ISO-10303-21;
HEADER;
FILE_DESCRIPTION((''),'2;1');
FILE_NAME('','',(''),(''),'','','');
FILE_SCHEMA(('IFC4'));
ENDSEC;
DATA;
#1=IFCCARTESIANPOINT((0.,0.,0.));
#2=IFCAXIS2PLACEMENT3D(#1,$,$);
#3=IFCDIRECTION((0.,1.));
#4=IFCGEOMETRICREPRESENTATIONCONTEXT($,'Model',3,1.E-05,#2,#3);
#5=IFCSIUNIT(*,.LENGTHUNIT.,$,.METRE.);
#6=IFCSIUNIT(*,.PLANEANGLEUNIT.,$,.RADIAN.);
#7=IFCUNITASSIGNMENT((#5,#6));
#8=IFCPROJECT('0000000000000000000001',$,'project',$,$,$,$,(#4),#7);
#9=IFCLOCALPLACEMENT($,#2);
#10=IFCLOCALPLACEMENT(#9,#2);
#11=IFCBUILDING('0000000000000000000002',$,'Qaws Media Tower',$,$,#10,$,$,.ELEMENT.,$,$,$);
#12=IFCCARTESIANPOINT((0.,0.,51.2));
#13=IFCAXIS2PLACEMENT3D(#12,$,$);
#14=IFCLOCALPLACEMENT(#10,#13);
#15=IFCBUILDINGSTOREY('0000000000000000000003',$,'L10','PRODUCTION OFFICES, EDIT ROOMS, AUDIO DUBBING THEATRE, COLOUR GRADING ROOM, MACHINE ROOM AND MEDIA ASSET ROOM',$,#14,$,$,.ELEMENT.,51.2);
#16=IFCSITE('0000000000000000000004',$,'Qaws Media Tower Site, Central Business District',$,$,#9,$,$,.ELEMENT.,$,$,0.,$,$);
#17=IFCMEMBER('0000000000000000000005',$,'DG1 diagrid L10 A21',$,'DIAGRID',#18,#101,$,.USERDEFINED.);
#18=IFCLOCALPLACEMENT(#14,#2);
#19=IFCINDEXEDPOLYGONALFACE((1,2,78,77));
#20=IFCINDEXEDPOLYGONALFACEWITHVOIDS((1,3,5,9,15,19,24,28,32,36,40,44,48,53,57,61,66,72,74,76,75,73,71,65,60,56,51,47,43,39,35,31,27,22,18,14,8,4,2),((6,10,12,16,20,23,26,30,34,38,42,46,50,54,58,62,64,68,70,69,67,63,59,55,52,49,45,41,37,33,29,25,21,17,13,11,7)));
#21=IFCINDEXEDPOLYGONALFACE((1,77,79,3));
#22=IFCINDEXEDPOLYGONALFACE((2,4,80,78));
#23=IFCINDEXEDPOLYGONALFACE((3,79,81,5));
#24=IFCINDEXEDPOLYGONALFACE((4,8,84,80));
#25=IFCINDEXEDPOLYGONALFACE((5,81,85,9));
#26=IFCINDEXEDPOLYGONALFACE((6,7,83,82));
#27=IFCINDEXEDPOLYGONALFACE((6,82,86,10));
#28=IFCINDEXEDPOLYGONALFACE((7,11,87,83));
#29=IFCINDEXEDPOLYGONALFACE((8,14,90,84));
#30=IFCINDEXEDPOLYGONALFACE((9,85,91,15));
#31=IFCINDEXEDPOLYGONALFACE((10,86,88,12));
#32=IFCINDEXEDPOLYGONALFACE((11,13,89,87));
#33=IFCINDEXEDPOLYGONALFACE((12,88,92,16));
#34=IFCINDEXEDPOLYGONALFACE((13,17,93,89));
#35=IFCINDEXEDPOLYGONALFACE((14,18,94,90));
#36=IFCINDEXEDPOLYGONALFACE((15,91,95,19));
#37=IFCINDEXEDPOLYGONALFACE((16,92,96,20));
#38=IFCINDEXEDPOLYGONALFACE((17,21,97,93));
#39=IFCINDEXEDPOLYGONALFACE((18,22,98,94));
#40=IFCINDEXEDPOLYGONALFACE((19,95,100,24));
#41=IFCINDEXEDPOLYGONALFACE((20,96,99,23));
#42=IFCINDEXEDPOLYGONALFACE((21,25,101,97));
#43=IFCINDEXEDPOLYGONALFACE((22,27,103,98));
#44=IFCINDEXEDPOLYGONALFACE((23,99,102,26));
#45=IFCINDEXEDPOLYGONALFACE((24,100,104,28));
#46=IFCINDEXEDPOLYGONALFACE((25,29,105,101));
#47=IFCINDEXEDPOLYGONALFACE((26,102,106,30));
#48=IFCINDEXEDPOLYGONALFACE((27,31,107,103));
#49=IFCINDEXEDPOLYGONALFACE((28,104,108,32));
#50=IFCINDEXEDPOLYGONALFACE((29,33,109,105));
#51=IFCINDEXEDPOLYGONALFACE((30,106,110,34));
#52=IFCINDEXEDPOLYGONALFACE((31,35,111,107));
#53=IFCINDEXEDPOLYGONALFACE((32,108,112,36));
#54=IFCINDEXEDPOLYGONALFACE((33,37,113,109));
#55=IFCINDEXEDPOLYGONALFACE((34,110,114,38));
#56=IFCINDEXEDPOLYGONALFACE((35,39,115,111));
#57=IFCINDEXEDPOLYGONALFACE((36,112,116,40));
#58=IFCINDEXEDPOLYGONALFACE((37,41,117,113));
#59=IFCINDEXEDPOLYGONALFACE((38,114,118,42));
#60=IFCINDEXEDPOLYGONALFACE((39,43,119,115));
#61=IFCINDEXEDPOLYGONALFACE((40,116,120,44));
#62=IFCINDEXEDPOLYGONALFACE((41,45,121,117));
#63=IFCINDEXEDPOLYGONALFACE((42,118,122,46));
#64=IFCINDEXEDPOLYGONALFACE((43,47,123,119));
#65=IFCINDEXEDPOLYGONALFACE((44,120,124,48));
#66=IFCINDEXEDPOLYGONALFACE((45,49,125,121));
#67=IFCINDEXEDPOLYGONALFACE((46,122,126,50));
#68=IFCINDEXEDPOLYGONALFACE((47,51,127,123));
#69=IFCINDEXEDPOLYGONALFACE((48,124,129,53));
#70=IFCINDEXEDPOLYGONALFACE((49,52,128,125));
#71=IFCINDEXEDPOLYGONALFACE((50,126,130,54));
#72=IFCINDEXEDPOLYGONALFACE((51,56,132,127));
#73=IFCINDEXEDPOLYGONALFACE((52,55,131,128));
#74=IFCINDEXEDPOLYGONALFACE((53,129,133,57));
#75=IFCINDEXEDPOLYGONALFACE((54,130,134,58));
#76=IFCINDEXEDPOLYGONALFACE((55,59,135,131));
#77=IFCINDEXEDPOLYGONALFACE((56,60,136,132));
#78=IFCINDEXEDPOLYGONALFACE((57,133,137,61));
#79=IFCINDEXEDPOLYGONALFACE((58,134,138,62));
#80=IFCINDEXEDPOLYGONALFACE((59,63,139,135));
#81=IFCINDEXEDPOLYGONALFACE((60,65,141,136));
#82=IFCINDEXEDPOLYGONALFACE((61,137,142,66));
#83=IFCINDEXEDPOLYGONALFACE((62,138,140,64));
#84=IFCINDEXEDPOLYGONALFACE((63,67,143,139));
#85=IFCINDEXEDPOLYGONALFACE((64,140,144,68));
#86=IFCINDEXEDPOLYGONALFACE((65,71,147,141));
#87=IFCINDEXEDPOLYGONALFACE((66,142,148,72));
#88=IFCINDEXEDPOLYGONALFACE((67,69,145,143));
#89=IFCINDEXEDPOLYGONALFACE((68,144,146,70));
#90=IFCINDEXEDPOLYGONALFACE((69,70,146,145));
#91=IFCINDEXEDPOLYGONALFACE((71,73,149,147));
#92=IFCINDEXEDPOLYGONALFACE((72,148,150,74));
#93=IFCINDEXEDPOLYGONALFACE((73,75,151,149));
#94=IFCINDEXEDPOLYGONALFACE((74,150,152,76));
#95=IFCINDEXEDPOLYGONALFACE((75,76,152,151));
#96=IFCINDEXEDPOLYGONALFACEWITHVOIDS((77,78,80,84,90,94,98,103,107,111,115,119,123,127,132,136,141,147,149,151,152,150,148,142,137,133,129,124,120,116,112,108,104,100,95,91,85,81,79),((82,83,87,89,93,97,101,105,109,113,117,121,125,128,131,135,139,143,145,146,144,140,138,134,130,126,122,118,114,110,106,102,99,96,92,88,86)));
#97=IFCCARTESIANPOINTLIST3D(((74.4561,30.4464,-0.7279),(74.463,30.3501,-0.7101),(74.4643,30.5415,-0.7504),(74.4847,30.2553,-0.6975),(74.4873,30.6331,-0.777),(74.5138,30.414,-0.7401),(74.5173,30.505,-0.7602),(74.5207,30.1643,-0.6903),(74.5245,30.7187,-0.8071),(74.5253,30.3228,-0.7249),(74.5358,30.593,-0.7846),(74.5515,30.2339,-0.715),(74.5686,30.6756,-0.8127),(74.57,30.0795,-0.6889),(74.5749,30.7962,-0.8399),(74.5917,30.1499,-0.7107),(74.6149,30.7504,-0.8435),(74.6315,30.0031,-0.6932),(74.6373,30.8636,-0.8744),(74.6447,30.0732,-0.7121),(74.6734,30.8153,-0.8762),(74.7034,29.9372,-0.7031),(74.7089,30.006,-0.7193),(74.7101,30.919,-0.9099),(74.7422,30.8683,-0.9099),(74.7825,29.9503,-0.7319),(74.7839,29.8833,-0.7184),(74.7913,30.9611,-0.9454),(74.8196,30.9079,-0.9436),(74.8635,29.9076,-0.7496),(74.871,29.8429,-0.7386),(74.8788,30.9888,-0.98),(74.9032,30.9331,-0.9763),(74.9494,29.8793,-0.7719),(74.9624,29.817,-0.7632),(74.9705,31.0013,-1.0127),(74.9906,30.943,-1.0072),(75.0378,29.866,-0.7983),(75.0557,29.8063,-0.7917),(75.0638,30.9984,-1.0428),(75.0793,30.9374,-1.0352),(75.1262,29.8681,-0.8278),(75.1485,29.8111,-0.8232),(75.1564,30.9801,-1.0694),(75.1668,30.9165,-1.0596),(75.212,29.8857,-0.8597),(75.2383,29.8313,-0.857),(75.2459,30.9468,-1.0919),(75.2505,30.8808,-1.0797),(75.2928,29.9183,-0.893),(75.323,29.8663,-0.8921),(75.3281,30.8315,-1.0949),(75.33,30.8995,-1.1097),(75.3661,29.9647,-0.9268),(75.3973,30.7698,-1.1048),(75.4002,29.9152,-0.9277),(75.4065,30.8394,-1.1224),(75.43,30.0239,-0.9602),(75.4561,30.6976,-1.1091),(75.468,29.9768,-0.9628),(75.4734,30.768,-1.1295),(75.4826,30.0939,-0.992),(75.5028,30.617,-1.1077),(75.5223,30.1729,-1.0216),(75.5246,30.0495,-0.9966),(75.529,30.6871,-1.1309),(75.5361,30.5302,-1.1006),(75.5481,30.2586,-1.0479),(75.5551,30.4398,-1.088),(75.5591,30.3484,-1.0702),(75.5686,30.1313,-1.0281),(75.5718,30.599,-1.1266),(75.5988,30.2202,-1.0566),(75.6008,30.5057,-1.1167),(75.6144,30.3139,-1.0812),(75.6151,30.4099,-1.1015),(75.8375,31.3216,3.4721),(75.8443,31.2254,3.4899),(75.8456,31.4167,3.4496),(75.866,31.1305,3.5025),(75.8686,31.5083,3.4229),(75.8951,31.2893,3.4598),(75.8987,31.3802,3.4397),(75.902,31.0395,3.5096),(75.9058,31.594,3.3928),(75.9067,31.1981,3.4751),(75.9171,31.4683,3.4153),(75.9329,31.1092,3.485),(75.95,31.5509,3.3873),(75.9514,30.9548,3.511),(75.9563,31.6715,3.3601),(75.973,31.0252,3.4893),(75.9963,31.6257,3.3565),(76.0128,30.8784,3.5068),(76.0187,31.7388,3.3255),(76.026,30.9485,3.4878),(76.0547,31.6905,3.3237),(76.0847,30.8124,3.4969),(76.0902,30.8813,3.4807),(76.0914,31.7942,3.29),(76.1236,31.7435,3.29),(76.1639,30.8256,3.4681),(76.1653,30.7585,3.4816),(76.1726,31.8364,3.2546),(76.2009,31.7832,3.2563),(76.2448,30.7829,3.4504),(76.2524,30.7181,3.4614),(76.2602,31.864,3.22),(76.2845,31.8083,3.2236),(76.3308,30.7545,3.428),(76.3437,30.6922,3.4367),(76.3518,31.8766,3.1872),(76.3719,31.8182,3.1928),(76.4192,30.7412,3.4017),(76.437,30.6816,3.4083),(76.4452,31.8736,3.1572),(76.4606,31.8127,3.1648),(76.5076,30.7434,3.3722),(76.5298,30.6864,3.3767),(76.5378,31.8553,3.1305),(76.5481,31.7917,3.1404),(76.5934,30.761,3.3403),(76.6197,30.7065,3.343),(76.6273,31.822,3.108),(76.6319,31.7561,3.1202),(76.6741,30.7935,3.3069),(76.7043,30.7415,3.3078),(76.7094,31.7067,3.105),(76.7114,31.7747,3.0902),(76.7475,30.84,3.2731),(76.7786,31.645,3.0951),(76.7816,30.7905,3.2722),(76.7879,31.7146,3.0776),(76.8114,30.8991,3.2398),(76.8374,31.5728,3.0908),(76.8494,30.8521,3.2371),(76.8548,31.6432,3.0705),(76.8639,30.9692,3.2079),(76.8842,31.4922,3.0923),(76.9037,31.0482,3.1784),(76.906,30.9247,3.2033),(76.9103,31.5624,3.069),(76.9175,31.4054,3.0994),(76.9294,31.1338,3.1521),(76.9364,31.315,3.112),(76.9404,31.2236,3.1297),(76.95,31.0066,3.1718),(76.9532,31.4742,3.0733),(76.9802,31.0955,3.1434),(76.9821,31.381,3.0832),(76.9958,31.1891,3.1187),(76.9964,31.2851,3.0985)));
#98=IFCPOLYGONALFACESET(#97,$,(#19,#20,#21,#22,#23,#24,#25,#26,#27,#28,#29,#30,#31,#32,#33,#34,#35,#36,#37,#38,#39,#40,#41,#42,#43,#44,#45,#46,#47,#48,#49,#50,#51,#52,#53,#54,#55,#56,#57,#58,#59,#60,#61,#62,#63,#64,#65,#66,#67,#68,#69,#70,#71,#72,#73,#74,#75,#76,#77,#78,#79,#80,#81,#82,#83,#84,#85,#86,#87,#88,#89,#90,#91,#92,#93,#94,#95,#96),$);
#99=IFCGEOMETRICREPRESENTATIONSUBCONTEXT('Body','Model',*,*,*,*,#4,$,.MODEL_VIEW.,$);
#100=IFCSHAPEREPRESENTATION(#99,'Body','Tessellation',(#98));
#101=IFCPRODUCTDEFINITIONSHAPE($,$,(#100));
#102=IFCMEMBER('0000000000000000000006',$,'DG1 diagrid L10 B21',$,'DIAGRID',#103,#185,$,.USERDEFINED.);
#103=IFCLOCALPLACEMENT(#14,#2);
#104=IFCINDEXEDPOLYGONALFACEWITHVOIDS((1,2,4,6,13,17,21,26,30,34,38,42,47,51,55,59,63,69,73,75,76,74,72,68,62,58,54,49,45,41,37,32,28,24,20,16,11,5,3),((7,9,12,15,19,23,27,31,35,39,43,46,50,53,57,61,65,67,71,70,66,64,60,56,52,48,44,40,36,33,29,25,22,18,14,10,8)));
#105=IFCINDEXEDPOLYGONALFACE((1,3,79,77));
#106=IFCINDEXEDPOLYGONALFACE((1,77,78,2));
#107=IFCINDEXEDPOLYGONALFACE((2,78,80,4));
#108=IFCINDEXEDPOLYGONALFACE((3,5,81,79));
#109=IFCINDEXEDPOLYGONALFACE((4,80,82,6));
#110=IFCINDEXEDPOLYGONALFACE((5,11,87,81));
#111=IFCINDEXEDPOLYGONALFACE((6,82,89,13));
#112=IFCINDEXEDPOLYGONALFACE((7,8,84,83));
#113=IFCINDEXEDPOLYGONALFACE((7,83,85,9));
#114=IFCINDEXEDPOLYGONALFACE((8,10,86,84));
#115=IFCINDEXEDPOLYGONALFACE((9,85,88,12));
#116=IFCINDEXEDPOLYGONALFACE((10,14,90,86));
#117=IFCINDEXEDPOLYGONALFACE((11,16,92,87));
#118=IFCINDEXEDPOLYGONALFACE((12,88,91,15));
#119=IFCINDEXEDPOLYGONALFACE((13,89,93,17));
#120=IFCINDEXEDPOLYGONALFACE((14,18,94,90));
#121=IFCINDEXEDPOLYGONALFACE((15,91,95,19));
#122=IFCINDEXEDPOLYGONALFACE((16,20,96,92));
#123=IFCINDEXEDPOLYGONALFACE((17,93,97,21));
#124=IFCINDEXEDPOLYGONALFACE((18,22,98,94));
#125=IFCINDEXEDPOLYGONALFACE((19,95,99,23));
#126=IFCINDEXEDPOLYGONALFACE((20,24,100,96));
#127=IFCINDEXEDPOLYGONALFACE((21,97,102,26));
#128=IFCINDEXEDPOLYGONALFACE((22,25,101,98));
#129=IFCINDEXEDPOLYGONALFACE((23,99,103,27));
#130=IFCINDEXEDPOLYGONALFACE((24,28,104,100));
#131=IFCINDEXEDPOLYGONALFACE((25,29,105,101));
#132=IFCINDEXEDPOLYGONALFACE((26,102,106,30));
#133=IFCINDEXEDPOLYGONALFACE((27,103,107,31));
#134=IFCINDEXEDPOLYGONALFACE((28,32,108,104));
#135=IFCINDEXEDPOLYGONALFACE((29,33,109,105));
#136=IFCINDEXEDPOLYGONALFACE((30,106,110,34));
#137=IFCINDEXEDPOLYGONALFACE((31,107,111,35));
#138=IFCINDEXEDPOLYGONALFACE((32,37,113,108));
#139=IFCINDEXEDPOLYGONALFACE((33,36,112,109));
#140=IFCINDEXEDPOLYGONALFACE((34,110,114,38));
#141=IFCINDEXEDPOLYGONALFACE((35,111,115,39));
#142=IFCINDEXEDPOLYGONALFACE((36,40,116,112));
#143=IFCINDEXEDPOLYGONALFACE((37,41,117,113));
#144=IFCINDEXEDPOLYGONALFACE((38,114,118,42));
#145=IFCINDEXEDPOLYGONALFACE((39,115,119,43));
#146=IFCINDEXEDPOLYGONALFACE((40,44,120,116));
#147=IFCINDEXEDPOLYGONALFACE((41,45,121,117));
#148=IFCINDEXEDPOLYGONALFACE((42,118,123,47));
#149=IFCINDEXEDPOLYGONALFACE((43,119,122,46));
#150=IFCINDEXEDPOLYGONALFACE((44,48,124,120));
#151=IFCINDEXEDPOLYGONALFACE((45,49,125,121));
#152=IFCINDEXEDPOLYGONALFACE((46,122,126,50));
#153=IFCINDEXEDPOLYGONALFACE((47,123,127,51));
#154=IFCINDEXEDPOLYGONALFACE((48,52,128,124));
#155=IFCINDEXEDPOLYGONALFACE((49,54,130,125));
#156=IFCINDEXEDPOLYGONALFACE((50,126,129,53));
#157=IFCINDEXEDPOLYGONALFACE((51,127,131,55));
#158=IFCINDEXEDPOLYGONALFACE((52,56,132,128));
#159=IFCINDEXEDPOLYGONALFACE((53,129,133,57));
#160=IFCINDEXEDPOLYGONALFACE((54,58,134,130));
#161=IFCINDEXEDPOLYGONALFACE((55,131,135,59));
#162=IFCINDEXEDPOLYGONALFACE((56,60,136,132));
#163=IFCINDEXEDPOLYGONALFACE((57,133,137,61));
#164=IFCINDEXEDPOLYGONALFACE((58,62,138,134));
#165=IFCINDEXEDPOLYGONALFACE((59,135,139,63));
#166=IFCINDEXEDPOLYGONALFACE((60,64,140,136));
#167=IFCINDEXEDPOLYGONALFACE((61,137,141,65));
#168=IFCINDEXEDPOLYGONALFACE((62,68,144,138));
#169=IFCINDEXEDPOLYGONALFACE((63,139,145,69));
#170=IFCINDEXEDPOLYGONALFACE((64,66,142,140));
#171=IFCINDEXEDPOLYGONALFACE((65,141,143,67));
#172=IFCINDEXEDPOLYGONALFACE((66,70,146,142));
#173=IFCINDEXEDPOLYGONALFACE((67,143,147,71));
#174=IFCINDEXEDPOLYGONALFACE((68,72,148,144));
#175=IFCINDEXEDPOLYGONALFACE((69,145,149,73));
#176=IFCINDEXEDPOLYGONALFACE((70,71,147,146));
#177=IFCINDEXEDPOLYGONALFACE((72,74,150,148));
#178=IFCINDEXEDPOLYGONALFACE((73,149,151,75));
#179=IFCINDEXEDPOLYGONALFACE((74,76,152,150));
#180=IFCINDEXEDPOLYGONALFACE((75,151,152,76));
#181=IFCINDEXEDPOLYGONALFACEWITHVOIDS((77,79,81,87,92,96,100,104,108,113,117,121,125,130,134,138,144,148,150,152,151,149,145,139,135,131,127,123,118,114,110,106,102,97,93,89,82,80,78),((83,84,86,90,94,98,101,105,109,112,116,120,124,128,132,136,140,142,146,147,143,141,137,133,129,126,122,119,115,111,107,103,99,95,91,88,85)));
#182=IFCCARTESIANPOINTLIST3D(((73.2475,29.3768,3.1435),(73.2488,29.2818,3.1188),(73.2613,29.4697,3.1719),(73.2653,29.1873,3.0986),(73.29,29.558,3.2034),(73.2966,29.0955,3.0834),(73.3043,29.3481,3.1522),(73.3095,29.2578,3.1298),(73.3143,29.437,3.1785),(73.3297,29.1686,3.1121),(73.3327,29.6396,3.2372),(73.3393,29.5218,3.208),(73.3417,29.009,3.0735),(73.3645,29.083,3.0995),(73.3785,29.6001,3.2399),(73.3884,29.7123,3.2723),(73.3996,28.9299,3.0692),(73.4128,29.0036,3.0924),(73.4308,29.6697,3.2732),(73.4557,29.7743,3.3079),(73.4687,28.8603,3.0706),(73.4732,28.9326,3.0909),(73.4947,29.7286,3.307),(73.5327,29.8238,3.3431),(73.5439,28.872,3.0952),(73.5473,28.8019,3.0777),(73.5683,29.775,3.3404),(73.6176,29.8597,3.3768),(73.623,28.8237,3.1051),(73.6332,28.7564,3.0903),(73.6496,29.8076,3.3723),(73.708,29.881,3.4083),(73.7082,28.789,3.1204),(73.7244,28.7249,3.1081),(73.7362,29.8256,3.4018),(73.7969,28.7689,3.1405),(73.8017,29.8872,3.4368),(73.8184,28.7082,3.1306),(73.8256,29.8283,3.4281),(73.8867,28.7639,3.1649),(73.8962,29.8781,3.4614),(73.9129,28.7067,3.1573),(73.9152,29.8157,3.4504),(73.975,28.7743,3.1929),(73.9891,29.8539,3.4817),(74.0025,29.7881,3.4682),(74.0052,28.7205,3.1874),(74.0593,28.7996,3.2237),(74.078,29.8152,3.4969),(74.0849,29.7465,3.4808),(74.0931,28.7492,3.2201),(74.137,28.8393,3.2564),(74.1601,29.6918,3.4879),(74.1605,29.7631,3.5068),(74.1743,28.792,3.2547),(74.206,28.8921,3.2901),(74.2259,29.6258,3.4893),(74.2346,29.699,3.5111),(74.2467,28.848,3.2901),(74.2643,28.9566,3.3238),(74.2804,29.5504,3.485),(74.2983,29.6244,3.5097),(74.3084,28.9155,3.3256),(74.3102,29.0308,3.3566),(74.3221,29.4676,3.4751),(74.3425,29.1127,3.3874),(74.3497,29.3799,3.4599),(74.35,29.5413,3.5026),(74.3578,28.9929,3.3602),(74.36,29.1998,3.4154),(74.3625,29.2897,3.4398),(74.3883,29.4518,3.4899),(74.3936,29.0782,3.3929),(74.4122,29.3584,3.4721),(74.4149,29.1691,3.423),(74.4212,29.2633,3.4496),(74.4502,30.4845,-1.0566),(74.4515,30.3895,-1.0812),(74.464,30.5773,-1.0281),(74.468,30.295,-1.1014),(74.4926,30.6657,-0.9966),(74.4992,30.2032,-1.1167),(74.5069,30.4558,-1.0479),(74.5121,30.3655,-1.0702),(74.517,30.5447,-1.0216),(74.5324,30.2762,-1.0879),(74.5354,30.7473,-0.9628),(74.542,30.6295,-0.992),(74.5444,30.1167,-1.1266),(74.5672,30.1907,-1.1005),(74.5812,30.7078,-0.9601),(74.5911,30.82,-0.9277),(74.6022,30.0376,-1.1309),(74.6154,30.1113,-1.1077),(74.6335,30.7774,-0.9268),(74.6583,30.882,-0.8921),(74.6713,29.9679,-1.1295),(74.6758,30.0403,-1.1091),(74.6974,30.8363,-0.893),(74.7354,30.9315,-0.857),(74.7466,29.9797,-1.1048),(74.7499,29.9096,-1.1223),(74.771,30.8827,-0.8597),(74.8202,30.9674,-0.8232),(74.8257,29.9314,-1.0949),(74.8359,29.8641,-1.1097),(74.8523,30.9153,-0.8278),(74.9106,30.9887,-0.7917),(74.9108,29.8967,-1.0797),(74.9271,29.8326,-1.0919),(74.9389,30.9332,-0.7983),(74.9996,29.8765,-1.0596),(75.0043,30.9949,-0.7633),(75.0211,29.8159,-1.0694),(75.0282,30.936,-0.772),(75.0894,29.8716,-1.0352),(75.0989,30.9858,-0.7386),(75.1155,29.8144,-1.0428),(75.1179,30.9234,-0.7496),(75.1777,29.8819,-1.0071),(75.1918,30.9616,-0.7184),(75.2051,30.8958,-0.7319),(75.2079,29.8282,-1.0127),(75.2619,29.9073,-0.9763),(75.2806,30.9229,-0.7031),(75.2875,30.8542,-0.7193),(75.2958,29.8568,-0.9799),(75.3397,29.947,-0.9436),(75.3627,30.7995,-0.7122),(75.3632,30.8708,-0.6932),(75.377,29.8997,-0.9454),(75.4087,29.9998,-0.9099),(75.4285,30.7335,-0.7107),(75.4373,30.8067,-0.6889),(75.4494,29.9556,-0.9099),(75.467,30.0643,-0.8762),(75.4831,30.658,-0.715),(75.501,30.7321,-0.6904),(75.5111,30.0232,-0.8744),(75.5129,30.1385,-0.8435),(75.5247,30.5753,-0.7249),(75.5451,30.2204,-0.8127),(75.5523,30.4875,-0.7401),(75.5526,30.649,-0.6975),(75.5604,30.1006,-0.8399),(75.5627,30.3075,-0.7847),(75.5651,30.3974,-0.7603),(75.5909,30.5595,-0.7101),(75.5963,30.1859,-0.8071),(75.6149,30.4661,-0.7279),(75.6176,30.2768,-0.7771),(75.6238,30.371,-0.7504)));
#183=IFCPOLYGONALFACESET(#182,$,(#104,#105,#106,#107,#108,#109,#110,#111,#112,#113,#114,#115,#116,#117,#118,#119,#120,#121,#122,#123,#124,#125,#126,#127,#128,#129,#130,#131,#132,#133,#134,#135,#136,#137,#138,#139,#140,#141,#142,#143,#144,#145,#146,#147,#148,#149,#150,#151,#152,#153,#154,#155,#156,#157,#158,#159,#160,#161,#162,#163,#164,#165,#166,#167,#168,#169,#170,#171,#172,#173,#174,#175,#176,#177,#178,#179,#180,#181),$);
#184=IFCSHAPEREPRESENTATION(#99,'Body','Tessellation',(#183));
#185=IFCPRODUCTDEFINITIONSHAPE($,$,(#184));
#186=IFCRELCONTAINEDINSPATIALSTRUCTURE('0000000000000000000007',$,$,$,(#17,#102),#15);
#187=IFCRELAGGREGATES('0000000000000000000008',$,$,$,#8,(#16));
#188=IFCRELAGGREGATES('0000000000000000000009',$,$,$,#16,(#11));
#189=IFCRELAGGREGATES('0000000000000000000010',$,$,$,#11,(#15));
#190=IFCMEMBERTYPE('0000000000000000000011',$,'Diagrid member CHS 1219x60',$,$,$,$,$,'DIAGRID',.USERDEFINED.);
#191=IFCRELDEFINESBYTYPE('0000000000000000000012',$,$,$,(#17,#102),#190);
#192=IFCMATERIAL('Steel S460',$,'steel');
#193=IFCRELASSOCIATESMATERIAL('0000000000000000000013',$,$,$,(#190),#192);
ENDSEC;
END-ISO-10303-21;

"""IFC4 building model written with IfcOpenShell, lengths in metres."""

from ifc_helpers import new_model, si_unit, direction, frame, origin, origin_2d, place, context, subcontext, project, spatial, hollow_circle, extrude, material, material_profile, profile_set, type_object, element, save


model = new_model("IFC4")

# Units and contexts
model_context = context("Model", 3, precision=1e-05, world=origin(), true_north=direction((0.0, 1.0)))
body_context = subcontext(model_context, "Body", "Model", "MODEL_VIEW")
ifc_project = project(units=[si_unit("LENGTHUNIT", "METRE"), si_unit("PLANEANGLEUNIT", "RADIAN")], contexts=[model_context])

# Site, building, storey
site_placement = place(None, origin())
site = spatial("IfcSite", under=ifc_project, at=site_placement, Name="Qaws Media Tower Site, Central Business District", CompositionType="ELEMENT", RefElevation=0.0)
building_placement = place(site_placement, origin())
building = spatial("IfcBuilding", under=site, at=building_placement, Name="Qaws Media Tower", CompositionType="ELEMENT")
storey_placement = place(building_placement, frame((0.0, 0.0, 51.2)))
storey = spatial("IfcBuildingStorey", under=building, at=storey_placement, Name="L10", Description="PRODUCTION OFFICES, EDIT ROOMS, AUDIO DUBBING THEATRE, COLOUR GRADING ROOM, MACHINE ROOM AND MEDIA ASSET ROOM", CompositionType="ELEMENT", Elevation=51.2)

# Members
ifc_material_1 = material(Name="Steel S460", Category="steel")
ifc_material_profile_1 = material_profile(ifc_material_1, hollow_circle(Radius=0.6096, WallThickness=0.0601, at=origin_2d()), Name="CHS 1219x60")
ifc_profile_set_1 = profile_set([ifc_material_profile_1], Name="Steel S460")
member_type_1 = type_object("IfcMemberType", Name="Diagrid member CHS 1219x60", ElementType="DIAGRID", PredefinedType="USERDEFINED", material=ifc_profile_set_1)
for number, where, z_axis, x_axis, name in (
    (1, (75.0364, 30.4041, -0.9099), (0.306484, 0.194193, 0.931857), (-0.535223, 0.844711, 0.0), "DG1 diagrid L10 A21"),
    (2, (75.0364, 30.4041, -0.9099), (-0.266839, -0.245767, 0.931877), (0.677467, -0.735553, 0.0), "DG1 diagrid L10 B21"),
):
    element("IfcMember", number, at=place(storey_placement, frame(where, z_axis=z_axis, x_axis=x_axis)), inside=storey, type_object=member_type_1, Name=name, ObjectType="DIAGRID", PredefinedType="USERDEFINED", context=body_context, shape_type="SweptSolid", body=[
        extrude(hollow_circle(Radius=0.6096, WallThickness=0.0601, at=origin_2d()), origin(), (0.0, 0.0, 1.0), 4.5071),
    ])

save(model, "model.ifc")
